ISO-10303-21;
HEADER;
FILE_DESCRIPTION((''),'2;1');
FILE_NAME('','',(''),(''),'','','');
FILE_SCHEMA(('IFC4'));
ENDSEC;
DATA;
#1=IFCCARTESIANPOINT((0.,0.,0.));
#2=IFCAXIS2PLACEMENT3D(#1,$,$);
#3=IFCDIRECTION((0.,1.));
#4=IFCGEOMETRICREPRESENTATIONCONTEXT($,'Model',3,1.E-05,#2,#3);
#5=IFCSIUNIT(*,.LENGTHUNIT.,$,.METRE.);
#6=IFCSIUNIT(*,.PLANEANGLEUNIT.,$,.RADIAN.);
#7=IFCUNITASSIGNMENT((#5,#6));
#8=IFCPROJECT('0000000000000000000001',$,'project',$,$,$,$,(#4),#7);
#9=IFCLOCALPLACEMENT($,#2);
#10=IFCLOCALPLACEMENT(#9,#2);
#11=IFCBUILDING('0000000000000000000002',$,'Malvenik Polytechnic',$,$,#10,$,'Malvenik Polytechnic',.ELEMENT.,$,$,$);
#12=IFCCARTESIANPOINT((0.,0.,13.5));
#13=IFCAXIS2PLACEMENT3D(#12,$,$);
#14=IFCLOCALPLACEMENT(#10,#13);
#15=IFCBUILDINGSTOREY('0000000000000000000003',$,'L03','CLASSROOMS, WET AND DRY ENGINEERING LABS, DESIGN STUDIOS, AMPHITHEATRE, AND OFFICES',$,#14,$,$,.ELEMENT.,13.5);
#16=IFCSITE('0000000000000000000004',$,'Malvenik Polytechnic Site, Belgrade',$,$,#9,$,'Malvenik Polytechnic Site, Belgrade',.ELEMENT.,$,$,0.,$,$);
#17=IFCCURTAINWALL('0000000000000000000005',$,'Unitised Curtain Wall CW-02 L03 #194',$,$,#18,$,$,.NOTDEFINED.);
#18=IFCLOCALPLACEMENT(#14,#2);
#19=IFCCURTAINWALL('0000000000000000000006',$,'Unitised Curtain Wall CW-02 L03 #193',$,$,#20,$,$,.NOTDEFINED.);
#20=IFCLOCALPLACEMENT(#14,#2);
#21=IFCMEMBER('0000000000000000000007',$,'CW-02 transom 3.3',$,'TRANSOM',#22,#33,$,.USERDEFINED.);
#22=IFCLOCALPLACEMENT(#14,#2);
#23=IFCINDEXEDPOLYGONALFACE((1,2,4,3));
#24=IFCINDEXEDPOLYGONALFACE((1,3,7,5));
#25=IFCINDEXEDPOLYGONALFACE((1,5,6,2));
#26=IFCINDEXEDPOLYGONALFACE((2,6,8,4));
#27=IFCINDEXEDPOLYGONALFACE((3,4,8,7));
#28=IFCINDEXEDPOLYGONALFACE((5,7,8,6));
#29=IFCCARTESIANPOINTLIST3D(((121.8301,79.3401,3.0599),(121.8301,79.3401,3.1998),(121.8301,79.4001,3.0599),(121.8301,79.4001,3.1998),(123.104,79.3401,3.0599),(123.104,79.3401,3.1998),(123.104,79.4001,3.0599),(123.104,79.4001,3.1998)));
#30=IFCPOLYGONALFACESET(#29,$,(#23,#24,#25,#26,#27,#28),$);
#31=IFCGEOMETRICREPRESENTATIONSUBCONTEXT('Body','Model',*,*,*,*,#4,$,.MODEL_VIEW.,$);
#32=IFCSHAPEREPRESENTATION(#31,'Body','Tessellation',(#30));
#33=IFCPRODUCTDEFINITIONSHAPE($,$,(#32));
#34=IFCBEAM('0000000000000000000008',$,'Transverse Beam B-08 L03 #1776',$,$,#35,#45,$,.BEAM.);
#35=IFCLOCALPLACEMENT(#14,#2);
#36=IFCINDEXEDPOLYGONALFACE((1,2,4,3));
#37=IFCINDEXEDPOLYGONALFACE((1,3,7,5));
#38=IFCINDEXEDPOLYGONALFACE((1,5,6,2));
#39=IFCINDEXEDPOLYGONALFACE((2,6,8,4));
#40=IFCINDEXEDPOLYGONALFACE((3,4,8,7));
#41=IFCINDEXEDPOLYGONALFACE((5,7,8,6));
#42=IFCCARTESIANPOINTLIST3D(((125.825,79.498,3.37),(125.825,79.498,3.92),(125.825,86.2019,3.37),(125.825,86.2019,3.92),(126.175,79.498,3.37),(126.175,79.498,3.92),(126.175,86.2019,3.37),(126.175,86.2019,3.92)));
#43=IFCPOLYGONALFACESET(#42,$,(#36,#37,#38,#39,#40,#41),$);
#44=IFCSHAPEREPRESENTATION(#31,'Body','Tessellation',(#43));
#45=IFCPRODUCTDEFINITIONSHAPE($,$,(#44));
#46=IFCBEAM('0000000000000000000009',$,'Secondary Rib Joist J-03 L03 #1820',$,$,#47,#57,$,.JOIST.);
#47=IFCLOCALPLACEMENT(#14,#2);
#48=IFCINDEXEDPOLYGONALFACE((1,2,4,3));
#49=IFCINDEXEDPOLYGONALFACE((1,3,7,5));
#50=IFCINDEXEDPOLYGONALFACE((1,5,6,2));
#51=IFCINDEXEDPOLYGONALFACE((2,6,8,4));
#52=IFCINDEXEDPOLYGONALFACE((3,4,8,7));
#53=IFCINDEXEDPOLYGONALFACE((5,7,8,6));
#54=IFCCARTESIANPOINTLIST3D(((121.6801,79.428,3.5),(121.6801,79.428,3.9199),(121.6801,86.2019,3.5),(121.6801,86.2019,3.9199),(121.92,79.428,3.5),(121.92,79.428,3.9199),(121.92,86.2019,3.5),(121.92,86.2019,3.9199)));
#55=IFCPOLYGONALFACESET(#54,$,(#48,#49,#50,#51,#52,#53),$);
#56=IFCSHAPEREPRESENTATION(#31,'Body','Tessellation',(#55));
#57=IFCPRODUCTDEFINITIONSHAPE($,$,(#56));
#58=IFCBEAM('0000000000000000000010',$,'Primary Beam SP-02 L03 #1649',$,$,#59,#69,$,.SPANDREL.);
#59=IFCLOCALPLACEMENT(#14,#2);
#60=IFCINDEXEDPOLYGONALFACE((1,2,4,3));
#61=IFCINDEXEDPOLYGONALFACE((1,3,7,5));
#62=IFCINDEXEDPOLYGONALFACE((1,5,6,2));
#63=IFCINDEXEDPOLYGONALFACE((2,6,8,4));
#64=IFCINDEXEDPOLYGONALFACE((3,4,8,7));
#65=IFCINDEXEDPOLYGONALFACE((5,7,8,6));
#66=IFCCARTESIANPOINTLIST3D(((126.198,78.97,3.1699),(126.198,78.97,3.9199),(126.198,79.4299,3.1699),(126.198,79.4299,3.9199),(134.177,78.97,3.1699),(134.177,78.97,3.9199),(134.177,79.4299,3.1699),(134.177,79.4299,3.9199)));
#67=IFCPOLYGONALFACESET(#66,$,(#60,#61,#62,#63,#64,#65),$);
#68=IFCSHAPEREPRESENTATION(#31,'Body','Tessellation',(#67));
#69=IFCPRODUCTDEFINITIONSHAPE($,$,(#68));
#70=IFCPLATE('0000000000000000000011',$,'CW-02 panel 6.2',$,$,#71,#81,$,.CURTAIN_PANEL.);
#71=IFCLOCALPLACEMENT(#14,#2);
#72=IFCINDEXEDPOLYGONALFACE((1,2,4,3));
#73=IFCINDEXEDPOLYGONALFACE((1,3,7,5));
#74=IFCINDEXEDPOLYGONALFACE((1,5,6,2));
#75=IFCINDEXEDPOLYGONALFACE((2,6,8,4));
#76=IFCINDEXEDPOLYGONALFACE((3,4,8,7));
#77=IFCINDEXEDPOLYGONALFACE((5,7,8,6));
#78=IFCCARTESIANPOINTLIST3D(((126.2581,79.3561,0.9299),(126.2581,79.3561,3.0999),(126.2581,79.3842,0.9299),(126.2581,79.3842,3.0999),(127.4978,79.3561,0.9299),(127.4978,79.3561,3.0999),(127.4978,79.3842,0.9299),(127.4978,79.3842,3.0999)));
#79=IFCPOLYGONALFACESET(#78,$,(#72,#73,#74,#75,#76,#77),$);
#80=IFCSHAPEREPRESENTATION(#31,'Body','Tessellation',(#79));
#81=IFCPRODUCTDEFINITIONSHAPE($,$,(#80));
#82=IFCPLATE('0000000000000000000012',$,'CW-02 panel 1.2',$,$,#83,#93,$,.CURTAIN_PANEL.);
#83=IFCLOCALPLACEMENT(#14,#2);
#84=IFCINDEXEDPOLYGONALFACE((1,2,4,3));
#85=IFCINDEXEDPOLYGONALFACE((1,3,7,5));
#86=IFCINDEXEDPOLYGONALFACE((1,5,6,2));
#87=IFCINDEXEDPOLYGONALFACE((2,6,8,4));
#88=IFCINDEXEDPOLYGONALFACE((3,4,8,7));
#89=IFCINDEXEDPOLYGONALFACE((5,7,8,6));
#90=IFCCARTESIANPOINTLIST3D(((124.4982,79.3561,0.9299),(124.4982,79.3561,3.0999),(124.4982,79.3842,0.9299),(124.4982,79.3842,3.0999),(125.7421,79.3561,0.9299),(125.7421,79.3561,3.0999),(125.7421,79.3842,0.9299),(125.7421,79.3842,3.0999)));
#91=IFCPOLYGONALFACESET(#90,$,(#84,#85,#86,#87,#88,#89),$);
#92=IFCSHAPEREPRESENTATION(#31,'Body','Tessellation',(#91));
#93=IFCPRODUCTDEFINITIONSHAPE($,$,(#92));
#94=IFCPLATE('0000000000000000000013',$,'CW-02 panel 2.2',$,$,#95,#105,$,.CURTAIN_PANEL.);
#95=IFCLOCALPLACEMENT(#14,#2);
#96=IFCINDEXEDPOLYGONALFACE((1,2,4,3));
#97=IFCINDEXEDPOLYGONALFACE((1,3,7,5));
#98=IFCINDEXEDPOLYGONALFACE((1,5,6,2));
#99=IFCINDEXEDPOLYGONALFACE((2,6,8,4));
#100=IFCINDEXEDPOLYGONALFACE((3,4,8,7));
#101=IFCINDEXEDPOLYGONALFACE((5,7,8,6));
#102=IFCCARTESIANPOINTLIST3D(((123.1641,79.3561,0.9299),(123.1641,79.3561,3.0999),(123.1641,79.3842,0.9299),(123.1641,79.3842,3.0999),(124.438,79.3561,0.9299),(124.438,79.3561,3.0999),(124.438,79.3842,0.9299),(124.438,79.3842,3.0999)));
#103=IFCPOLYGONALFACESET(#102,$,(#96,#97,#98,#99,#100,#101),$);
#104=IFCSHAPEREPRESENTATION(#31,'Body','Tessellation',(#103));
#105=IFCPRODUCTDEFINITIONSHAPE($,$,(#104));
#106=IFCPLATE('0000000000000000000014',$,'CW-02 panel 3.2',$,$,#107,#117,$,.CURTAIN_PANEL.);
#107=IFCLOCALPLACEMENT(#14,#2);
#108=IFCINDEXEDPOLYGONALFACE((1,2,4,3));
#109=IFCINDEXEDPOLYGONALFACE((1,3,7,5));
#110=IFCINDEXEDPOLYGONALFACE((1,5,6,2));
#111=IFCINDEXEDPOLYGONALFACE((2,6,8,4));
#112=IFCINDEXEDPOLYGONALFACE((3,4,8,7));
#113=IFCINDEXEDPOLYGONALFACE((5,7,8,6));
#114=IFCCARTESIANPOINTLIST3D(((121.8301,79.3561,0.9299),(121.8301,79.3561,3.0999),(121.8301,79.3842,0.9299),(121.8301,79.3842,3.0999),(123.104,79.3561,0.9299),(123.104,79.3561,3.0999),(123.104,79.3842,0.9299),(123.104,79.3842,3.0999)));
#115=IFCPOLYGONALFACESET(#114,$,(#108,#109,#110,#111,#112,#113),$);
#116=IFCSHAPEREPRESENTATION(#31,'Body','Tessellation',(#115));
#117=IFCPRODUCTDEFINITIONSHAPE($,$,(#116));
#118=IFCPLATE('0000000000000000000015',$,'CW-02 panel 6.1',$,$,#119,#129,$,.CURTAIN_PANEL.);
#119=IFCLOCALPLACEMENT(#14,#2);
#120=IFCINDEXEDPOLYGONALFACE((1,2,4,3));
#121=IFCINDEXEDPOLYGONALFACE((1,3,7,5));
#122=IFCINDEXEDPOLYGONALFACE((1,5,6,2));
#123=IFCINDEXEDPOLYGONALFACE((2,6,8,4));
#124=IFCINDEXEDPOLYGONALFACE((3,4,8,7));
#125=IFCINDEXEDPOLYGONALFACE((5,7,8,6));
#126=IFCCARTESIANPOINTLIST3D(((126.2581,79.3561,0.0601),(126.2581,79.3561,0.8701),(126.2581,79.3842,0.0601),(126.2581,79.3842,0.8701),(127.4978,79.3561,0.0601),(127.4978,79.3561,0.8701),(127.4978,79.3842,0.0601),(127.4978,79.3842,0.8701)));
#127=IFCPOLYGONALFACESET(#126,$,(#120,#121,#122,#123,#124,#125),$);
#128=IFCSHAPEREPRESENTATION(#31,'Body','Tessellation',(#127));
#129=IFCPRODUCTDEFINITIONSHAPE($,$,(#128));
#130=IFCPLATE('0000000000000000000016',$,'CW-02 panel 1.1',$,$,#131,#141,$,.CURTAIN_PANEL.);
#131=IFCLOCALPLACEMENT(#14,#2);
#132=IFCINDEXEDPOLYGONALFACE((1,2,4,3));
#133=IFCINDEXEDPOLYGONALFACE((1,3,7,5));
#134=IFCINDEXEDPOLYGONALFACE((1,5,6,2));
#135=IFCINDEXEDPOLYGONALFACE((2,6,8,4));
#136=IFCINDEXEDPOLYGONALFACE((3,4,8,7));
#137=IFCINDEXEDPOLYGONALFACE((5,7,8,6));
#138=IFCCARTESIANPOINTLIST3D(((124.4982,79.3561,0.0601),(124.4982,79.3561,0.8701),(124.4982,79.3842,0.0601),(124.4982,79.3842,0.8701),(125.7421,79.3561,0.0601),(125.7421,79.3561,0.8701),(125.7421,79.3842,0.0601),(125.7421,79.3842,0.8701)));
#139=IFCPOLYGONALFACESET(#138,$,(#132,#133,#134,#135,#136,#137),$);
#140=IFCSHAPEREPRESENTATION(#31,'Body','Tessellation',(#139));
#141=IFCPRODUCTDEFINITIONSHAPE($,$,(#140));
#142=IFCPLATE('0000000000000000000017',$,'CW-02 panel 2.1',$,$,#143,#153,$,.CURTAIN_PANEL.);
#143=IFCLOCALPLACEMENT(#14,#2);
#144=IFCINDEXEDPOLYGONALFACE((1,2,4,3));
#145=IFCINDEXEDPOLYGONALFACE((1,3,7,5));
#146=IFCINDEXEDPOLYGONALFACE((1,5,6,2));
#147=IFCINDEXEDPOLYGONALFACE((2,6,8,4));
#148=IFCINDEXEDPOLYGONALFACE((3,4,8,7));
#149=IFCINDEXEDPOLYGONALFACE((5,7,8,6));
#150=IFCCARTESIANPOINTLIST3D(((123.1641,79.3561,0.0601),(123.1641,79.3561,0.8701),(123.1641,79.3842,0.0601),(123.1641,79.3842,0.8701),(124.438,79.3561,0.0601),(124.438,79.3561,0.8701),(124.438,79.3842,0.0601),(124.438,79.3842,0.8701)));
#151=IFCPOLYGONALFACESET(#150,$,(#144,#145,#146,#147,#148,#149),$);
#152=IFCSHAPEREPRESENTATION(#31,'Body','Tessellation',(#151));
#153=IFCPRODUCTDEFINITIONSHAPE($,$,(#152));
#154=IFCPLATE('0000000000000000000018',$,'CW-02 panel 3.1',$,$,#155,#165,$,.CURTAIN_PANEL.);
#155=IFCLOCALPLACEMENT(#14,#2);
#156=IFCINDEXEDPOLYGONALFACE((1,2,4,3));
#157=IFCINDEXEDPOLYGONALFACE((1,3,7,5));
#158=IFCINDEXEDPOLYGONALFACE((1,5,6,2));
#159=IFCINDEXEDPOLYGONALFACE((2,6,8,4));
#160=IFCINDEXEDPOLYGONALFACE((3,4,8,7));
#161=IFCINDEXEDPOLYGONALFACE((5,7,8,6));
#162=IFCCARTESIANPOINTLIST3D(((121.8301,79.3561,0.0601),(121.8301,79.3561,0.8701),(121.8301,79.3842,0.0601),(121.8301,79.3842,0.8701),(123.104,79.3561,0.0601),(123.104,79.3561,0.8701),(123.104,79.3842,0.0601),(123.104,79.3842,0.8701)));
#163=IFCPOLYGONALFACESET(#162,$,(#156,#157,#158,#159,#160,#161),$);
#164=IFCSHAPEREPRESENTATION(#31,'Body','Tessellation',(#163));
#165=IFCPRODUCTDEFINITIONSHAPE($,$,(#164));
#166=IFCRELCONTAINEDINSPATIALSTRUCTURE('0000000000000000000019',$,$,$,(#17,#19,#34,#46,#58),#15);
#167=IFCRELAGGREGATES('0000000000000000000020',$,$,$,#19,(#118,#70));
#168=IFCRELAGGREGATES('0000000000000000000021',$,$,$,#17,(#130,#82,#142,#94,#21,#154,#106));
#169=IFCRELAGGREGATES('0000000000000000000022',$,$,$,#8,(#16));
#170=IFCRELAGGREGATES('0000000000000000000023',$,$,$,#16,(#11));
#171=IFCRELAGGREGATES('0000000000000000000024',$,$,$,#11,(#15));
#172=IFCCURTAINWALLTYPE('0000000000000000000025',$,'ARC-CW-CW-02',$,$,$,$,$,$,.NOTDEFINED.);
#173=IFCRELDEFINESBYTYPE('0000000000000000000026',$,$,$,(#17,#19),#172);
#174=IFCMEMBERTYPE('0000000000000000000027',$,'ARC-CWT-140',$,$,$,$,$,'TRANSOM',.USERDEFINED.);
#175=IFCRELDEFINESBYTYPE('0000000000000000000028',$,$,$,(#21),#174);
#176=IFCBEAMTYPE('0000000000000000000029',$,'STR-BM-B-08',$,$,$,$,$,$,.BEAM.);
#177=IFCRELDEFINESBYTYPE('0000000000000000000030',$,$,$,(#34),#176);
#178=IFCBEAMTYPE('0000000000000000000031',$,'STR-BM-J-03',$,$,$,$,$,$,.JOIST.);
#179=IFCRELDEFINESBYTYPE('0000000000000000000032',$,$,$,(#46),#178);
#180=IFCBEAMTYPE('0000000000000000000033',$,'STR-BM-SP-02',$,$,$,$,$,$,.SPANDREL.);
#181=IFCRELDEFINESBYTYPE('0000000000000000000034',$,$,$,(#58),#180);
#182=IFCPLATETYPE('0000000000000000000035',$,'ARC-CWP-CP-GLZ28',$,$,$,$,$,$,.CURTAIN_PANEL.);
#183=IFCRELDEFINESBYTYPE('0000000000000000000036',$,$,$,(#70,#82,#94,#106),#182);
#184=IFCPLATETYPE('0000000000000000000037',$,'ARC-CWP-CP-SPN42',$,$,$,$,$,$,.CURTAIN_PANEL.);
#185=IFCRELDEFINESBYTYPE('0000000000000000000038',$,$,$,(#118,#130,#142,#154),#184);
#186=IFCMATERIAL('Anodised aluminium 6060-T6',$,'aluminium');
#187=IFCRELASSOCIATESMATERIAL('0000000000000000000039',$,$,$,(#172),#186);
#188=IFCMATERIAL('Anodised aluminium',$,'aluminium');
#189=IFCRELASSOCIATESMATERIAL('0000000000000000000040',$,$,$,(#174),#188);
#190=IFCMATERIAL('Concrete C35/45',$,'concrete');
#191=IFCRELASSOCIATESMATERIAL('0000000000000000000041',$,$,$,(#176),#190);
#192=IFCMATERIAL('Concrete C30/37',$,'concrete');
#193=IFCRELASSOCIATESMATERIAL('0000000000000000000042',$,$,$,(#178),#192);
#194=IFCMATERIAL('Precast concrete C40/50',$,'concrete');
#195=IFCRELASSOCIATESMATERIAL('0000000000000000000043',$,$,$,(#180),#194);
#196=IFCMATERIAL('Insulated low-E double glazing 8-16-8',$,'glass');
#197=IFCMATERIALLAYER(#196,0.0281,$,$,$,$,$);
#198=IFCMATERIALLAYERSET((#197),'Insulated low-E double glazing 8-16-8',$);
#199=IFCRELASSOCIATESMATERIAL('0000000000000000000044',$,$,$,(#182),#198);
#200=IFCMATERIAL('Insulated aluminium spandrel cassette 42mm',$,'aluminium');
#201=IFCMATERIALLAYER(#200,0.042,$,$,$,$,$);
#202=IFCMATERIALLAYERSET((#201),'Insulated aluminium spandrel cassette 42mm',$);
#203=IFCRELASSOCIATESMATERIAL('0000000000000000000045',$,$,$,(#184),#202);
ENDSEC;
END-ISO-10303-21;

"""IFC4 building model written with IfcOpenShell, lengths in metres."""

from ifc_helpers import new_model, si_unit, direction, frame, origin, origin_2d, place, context, subcontext, project, spatial, rectangle, extrude, material, layer, layer_set, material_profile, profile_set, type_object, element, aggregate, save


model = new_model("IFC4")

# Units and contexts
model_context = context("Model", 3, precision=1e-05, world=origin(), true_north=direction((0.0, 1.0)))
body_context = subcontext(model_context, "Body", "Model", "MODEL_VIEW")
ifc_project = project(units=[si_unit("LENGTHUNIT", "METRE"), si_unit("PLANEANGLEUNIT", "RADIAN")], contexts=[model_context])

# Site, building, storey
site_placement = place(None, origin())
site = spatial("IfcSite", under=ifc_project, at=site_placement, Name="Malvenik Polytechnic Site, Belgrade", LongName="Malvenik Polytechnic Site, Belgrade", CompositionType="ELEMENT", RefElevation=0.0)
building_placement = place(site_placement, origin())
building = spatial("IfcBuilding", under=site, at=building_placement, Name="Malvenik Polytechnic", LongName="Malvenik Polytechnic", CompositionType="ELEMENT")
storey_placement = place(building_placement, frame((0.0, 0.0, 13.5)))
storey = spatial("IfcBuildingStorey", under=building, at=storey_placement, Name="L03", Description="CLASSROOMS, WET AND DRY ENGINEERING LABS, DESIGN STUDIOS, AMPHITHEATRE, AND OFFICES", CompositionType="ELEMENT", Elevation=13.5)

# Shared definitions
ifc_material_1 = material(Name="Concrete C35/45", Category="concrete")

# Curtain walls
ifc_material_2 = material(Name="Anodised aluminium 6060-T6", Category="aluminium")
curtain_wall_type = type_object("IfcCurtainWallType", Name="ARC-CW-CW-02", PredefinedType="NOTDEFINED", material=ifc_material_2)
curtain_wall_1_placement = place(storey_placement, origin())
curtain_wall_1 = element("IfcCurtainWall", 1, at=curtain_wall_1_placement, inside=storey, type_object=curtain_wall_type, Name="Unitised Curtain Wall CW-02 L03 #194", PredefinedType="NOTDEFINED")
ifc_material_3 = material(Name="Anodised aluminium", Category="aluminium")
curtain_wall_2_placement = place(storey_placement, origin())
curtain_wall_2 = element("IfcCurtainWall", 2, at=curtain_wall_2_placement, inside=storey, type_object=curtain_wall_type, Name="Unitised Curtain Wall CW-02 L03 #193", PredefinedType="NOTDEFINED")

# Member
ifc_material_profile_1 = material_profile(ifc_material_3, rectangle(XDim=0.0601, YDim=0.1399, at=origin_2d()), Name="ALU TRANSOM 60x140")
ifc_profile_set_1 = profile_set([ifc_material_profile_1], Name="Anodised aluminium")
member_type_1 = type_object("IfcMemberType", Name="ARC-CWT-140", ElementType="TRANSOM", PredefinedType="USERDEFINED", material=ifc_profile_set_1)
member_1_placement = place(storey_placement, frame((123.104, 79.3701, 3.1299), z_axis=(-1.0, 0.0, 0.0), x_axis=(0.0, -1.0, 0.0)))
member_1 = element("IfcMember", 3, at=member_1_placement, type_object=member_type_1, Name="CW-02 transom 3.3", ObjectType="TRANSOM", PredefinedType="USERDEFINED", context=body_context, shape_type="SweptSolid", body=[
    extrude(rectangle(XDim=0.0601, YDim=0.1399, at=origin_2d()), origin(), (0.0, 0.0, 1.0), 1.2739),
])

# Beams
ifc_material_profile_2 = material_profile(ifc_material_1, rectangle(XDim=0.3501, YDim=0.55, at=origin_2d()), Name="RC BM 350x550")
ifc_profile_set_2 = profile_set([ifc_material_profile_2], Name="Concrete C35/45")
beam_type_1 = type_object("IfcBeamType", Name="STR-BM-B-08", PredefinedType="BEAM", material=ifc_profile_set_2)
beam_1_placement = place(storey_placement, frame((126.0, 79.498, 3.645), z_axis=(0.0, 1.0, 0.0), x_axis=(-1.0, 0.0, 0.0)))
element("IfcBeam", 4, at=beam_1_placement, inside=storey, type_object=beam_type_1, Name="Transverse Beam B-08 L03 #1776", PredefinedType="BEAM", context=body_context, shape_type="SweptSolid", body=[
    extrude(rectangle(XDim=0.3501, YDim=0.55, at=origin_2d()), origin(), (0.0, 0.0, 1.0), 6.7039),
])
ifc_material_4 = material(Name="Concrete C30/37", Category="concrete")
ifc_material_profile_3 = material_profile(ifc_material_4, rectangle(XDim=0.24, YDim=0.4199, at=origin_2d()), Name="RC JST 240x420")
ifc_profile_set_3 = profile_set([ifc_material_profile_3], Name="Concrete C30/37")
beam_type_2 = type_object("IfcBeamType", Name="STR-BM-J-03", PredefinedType="JOIST", material=ifc_profile_set_3)
beam_2_placement = place(storey_placement, frame((121.8, 79.428, 3.71), z_axis=(0.0, 1.0, 0.0), x_axis=(-1.0, 0.0, 0.0)))
element("IfcBeam", 5, at=beam_2_placement, inside=storey, type_object=beam_type_2, Name="Secondary Rib Joist J-03 L03 #1820", PredefinedType="JOIST", context=body_context, shape_type="SweptSolid", body=[
    extrude(rectangle(XDim=0.24, YDim=0.4199, at=origin_2d()), origin(), (0.0, 0.0, 1.0), 6.7739),
])
ifc_material_5 = material(Name="Precast concrete C40/50", Category="concrete")
ifc_material_profile_4 = material_profile(ifc_material_5, rectangle(XDim=0.46, YDim=0.75, at=origin_2d()), Name="PC SPN 460x750")
ifc_profile_set_4 = profile_set([ifc_material_profile_4], Name="Precast concrete C40/50")
beam_type_3 = type_object("IfcBeamType", Name="STR-BM-SP-02", PredefinedType="SPANDREL", material=ifc_profile_set_4)
beam_3_placement = place(storey_placement, frame((126.198, 79.2, 3.5449), z_axis=(1.0, 0.0, 0.0), x_axis=(0.0, 1.0, 0.0)))
element("IfcBeam", 6, at=beam_3_placement, inside=storey, type_object=beam_type_3, Name="Primary Beam SP-02 L03 #1649", PredefinedType="SPANDREL", context=body_context, shape_type="SweptSolid", body=[
    extrude(rectangle(XDim=0.46, YDim=0.75, at=origin_2d()), origin(), (0.0, 0.0, 1.0), 7.979),
])

# Plates
ifc_material_6 = material(Name="Insulated low-E double glazing 8-16-8", Category="glass")
ifc_layer_1 = layer(ifc_material_6, 0.0281)
ifc_layer_set_1 = layer_set([ifc_layer_1], Name="Insulated low-E double glazing 8-16-8")
plate_type_1 = type_object("IfcPlateType", Name="ARC-CWP-CP-GLZ28", PredefinedType="CURTAIN_PANEL", material=ifc_layer_set_1)
plate_1_placement = place(storey_placement, frame((126.8779, 79.3701, 0.9299), z_axis=(0.0, 0.0, 1.0), x_axis=(-1.0, 0.0, 0.0)))
plate_1 = element("IfcPlate", 7, at=plate_1_placement, type_object=plate_type_1, Name="CW-02 panel 6.2", PredefinedType="CURTAIN_PANEL", context=body_context, shape_type="SweptSolid", body=[
    extrude(rectangle(XDim=1.2397, YDim=0.0281, at=origin_2d()), origin(), (0.0, 0.0, 1.0), 2.1699),
])
plate_2_placement = place(storey_placement, frame((125.1201, 79.3701, 0.9299), z_axis=(0.0, 0.0, 1.0), x_axis=(-1.0, 0.0, 0.0)))
plate_2 = element("IfcPlate", 8, at=plate_2_placement, type_object=plate_type_1, Name="CW-02 panel 1.2", PredefinedType="CURTAIN_PANEL", context=body_context, shape_type="SweptSolid", body=[
    extrude(rectangle(XDim=1.2439, YDim=0.0281, at=origin_2d()), origin(), (0.0, 0.0, 1.0), 2.1699),
])
plate_3_placement = place(storey_placement, frame((123.801, 79.3701, 0.9299), z_axis=(0.0, 0.0, 1.0), x_axis=(-1.0, 0.0, 0.0)))
plate_3 = element("IfcPlate", 9, at=plate_3_placement, type_object=plate_type_1, Name="CW-02 panel 2.2", PredefinedType="CURTAIN_PANEL", context=body_context, shape_type="SweptSolid", body=[
    extrude(rectangle(XDim=1.2739, YDim=0.0281, at=origin_2d()), origin(), (0.0, 0.0, 1.0), 2.1699),
])
plate_4_placement = place(storey_placement, frame((122.467, 79.3701, 0.9299), z_axis=(0.0, 0.0, 1.0), x_axis=(-1.0, 0.0, 0.0)))
plate_4 = element("IfcPlate", 10, at=plate_4_placement, type_object=plate_type_1, Name="CW-02 panel 3.2", PredefinedType="CURTAIN_PANEL", context=body_context, shape_type="SweptSolid", body=[
    extrude(rectangle(XDim=1.2739, YDim=0.0281, at=origin_2d()), origin(), (0.0, 0.0, 1.0), 2.1699),
])
ifc_material_7 = material(Name="Insulated aluminium spandrel cassette 42mm", Category="aluminium")
ifc_layer_2 = layer(ifc_material_7, 0.042)
ifc_layer_set_2 = layer_set([ifc_layer_2], Name="Insulated aluminium spandrel cassette 42mm")
plate_type_2 = type_object("IfcPlateType", Name="ARC-CWP-CP-SPN42", PredefinedType="CURTAIN_PANEL", material=ifc_layer_set_2)
plate_5_placement = place(storey_placement, frame((126.8779, 79.3701, 0.0601), z_axis=(0.0, 0.0, 1.0), x_axis=(-1.0, 0.0, 0.0)))
plate_5 = element("IfcPlate", 11, at=plate_5_placement, type_object=plate_type_2, Name="CW-02 panel 6.1", PredefinedType="CURTAIN_PANEL", context=body_context, shape_type="SweptSolid", body=[
    extrude(rectangle(XDim=1.2397, YDim=0.0281, at=origin_2d()), origin(), (0.0, 0.0, 1.0), 0.8101),
])
aggregate(curtain_wall_2, [plate_5, plate_1])
plate_6_placement = place(storey_placement, frame((125.1201, 79.3701, 0.0601), z_axis=(0.0, 0.0, 1.0), x_axis=(-1.0, 0.0, 0.0)))
plate_6 = element("IfcPlate", 12, at=plate_6_placement, type_object=plate_type_2, Name="CW-02 panel 1.1", PredefinedType="CURTAIN_PANEL", context=body_context, shape_type="SweptSolid", body=[
    extrude(rectangle(XDim=1.2439, YDim=0.0281, at=origin_2d()), origin(), (0.0, 0.0, 1.0), 0.8101),
])
plate_7_placement = place(storey_placement, frame((123.801, 79.3701, 0.0601), z_axis=(0.0, 0.0, 1.0), x_axis=(-1.0, 0.0, 0.0)))
plate_7 = element("IfcPlate", 13, at=plate_7_placement, type_object=plate_type_2, Name="CW-02 panel 2.1", PredefinedType="CURTAIN_PANEL", context=body_context, shape_type="SweptSolid", body=[
    extrude(rectangle(XDim=1.2739, YDim=0.0281, at=origin_2d()), origin(), (0.0, 0.0, 1.0), 0.8101),
])
plate_8_placement = place(storey_placement, frame((122.467, 79.3701, 0.0601), z_axis=(0.0, 0.0, 1.0), x_axis=(-1.0, 0.0, 0.0)))
plate_8 = element("IfcPlate", 14, at=plate_8_placement, type_object=plate_type_2, Name="CW-02 panel 3.1", PredefinedType="CURTAIN_PANEL", context=body_context, shape_type="SweptSolid", body=[
    extrude(rectangle(XDim=1.2739, YDim=0.0281, at=origin_2d()), origin(), (0.0, 0.0, 1.0), 0.8101),
])
aggregate(curtain_wall_1, [plate_6, plate_2, plate_7, plate_3, member_1, plate_8, plate_4])

save(model, "model.ifc")
